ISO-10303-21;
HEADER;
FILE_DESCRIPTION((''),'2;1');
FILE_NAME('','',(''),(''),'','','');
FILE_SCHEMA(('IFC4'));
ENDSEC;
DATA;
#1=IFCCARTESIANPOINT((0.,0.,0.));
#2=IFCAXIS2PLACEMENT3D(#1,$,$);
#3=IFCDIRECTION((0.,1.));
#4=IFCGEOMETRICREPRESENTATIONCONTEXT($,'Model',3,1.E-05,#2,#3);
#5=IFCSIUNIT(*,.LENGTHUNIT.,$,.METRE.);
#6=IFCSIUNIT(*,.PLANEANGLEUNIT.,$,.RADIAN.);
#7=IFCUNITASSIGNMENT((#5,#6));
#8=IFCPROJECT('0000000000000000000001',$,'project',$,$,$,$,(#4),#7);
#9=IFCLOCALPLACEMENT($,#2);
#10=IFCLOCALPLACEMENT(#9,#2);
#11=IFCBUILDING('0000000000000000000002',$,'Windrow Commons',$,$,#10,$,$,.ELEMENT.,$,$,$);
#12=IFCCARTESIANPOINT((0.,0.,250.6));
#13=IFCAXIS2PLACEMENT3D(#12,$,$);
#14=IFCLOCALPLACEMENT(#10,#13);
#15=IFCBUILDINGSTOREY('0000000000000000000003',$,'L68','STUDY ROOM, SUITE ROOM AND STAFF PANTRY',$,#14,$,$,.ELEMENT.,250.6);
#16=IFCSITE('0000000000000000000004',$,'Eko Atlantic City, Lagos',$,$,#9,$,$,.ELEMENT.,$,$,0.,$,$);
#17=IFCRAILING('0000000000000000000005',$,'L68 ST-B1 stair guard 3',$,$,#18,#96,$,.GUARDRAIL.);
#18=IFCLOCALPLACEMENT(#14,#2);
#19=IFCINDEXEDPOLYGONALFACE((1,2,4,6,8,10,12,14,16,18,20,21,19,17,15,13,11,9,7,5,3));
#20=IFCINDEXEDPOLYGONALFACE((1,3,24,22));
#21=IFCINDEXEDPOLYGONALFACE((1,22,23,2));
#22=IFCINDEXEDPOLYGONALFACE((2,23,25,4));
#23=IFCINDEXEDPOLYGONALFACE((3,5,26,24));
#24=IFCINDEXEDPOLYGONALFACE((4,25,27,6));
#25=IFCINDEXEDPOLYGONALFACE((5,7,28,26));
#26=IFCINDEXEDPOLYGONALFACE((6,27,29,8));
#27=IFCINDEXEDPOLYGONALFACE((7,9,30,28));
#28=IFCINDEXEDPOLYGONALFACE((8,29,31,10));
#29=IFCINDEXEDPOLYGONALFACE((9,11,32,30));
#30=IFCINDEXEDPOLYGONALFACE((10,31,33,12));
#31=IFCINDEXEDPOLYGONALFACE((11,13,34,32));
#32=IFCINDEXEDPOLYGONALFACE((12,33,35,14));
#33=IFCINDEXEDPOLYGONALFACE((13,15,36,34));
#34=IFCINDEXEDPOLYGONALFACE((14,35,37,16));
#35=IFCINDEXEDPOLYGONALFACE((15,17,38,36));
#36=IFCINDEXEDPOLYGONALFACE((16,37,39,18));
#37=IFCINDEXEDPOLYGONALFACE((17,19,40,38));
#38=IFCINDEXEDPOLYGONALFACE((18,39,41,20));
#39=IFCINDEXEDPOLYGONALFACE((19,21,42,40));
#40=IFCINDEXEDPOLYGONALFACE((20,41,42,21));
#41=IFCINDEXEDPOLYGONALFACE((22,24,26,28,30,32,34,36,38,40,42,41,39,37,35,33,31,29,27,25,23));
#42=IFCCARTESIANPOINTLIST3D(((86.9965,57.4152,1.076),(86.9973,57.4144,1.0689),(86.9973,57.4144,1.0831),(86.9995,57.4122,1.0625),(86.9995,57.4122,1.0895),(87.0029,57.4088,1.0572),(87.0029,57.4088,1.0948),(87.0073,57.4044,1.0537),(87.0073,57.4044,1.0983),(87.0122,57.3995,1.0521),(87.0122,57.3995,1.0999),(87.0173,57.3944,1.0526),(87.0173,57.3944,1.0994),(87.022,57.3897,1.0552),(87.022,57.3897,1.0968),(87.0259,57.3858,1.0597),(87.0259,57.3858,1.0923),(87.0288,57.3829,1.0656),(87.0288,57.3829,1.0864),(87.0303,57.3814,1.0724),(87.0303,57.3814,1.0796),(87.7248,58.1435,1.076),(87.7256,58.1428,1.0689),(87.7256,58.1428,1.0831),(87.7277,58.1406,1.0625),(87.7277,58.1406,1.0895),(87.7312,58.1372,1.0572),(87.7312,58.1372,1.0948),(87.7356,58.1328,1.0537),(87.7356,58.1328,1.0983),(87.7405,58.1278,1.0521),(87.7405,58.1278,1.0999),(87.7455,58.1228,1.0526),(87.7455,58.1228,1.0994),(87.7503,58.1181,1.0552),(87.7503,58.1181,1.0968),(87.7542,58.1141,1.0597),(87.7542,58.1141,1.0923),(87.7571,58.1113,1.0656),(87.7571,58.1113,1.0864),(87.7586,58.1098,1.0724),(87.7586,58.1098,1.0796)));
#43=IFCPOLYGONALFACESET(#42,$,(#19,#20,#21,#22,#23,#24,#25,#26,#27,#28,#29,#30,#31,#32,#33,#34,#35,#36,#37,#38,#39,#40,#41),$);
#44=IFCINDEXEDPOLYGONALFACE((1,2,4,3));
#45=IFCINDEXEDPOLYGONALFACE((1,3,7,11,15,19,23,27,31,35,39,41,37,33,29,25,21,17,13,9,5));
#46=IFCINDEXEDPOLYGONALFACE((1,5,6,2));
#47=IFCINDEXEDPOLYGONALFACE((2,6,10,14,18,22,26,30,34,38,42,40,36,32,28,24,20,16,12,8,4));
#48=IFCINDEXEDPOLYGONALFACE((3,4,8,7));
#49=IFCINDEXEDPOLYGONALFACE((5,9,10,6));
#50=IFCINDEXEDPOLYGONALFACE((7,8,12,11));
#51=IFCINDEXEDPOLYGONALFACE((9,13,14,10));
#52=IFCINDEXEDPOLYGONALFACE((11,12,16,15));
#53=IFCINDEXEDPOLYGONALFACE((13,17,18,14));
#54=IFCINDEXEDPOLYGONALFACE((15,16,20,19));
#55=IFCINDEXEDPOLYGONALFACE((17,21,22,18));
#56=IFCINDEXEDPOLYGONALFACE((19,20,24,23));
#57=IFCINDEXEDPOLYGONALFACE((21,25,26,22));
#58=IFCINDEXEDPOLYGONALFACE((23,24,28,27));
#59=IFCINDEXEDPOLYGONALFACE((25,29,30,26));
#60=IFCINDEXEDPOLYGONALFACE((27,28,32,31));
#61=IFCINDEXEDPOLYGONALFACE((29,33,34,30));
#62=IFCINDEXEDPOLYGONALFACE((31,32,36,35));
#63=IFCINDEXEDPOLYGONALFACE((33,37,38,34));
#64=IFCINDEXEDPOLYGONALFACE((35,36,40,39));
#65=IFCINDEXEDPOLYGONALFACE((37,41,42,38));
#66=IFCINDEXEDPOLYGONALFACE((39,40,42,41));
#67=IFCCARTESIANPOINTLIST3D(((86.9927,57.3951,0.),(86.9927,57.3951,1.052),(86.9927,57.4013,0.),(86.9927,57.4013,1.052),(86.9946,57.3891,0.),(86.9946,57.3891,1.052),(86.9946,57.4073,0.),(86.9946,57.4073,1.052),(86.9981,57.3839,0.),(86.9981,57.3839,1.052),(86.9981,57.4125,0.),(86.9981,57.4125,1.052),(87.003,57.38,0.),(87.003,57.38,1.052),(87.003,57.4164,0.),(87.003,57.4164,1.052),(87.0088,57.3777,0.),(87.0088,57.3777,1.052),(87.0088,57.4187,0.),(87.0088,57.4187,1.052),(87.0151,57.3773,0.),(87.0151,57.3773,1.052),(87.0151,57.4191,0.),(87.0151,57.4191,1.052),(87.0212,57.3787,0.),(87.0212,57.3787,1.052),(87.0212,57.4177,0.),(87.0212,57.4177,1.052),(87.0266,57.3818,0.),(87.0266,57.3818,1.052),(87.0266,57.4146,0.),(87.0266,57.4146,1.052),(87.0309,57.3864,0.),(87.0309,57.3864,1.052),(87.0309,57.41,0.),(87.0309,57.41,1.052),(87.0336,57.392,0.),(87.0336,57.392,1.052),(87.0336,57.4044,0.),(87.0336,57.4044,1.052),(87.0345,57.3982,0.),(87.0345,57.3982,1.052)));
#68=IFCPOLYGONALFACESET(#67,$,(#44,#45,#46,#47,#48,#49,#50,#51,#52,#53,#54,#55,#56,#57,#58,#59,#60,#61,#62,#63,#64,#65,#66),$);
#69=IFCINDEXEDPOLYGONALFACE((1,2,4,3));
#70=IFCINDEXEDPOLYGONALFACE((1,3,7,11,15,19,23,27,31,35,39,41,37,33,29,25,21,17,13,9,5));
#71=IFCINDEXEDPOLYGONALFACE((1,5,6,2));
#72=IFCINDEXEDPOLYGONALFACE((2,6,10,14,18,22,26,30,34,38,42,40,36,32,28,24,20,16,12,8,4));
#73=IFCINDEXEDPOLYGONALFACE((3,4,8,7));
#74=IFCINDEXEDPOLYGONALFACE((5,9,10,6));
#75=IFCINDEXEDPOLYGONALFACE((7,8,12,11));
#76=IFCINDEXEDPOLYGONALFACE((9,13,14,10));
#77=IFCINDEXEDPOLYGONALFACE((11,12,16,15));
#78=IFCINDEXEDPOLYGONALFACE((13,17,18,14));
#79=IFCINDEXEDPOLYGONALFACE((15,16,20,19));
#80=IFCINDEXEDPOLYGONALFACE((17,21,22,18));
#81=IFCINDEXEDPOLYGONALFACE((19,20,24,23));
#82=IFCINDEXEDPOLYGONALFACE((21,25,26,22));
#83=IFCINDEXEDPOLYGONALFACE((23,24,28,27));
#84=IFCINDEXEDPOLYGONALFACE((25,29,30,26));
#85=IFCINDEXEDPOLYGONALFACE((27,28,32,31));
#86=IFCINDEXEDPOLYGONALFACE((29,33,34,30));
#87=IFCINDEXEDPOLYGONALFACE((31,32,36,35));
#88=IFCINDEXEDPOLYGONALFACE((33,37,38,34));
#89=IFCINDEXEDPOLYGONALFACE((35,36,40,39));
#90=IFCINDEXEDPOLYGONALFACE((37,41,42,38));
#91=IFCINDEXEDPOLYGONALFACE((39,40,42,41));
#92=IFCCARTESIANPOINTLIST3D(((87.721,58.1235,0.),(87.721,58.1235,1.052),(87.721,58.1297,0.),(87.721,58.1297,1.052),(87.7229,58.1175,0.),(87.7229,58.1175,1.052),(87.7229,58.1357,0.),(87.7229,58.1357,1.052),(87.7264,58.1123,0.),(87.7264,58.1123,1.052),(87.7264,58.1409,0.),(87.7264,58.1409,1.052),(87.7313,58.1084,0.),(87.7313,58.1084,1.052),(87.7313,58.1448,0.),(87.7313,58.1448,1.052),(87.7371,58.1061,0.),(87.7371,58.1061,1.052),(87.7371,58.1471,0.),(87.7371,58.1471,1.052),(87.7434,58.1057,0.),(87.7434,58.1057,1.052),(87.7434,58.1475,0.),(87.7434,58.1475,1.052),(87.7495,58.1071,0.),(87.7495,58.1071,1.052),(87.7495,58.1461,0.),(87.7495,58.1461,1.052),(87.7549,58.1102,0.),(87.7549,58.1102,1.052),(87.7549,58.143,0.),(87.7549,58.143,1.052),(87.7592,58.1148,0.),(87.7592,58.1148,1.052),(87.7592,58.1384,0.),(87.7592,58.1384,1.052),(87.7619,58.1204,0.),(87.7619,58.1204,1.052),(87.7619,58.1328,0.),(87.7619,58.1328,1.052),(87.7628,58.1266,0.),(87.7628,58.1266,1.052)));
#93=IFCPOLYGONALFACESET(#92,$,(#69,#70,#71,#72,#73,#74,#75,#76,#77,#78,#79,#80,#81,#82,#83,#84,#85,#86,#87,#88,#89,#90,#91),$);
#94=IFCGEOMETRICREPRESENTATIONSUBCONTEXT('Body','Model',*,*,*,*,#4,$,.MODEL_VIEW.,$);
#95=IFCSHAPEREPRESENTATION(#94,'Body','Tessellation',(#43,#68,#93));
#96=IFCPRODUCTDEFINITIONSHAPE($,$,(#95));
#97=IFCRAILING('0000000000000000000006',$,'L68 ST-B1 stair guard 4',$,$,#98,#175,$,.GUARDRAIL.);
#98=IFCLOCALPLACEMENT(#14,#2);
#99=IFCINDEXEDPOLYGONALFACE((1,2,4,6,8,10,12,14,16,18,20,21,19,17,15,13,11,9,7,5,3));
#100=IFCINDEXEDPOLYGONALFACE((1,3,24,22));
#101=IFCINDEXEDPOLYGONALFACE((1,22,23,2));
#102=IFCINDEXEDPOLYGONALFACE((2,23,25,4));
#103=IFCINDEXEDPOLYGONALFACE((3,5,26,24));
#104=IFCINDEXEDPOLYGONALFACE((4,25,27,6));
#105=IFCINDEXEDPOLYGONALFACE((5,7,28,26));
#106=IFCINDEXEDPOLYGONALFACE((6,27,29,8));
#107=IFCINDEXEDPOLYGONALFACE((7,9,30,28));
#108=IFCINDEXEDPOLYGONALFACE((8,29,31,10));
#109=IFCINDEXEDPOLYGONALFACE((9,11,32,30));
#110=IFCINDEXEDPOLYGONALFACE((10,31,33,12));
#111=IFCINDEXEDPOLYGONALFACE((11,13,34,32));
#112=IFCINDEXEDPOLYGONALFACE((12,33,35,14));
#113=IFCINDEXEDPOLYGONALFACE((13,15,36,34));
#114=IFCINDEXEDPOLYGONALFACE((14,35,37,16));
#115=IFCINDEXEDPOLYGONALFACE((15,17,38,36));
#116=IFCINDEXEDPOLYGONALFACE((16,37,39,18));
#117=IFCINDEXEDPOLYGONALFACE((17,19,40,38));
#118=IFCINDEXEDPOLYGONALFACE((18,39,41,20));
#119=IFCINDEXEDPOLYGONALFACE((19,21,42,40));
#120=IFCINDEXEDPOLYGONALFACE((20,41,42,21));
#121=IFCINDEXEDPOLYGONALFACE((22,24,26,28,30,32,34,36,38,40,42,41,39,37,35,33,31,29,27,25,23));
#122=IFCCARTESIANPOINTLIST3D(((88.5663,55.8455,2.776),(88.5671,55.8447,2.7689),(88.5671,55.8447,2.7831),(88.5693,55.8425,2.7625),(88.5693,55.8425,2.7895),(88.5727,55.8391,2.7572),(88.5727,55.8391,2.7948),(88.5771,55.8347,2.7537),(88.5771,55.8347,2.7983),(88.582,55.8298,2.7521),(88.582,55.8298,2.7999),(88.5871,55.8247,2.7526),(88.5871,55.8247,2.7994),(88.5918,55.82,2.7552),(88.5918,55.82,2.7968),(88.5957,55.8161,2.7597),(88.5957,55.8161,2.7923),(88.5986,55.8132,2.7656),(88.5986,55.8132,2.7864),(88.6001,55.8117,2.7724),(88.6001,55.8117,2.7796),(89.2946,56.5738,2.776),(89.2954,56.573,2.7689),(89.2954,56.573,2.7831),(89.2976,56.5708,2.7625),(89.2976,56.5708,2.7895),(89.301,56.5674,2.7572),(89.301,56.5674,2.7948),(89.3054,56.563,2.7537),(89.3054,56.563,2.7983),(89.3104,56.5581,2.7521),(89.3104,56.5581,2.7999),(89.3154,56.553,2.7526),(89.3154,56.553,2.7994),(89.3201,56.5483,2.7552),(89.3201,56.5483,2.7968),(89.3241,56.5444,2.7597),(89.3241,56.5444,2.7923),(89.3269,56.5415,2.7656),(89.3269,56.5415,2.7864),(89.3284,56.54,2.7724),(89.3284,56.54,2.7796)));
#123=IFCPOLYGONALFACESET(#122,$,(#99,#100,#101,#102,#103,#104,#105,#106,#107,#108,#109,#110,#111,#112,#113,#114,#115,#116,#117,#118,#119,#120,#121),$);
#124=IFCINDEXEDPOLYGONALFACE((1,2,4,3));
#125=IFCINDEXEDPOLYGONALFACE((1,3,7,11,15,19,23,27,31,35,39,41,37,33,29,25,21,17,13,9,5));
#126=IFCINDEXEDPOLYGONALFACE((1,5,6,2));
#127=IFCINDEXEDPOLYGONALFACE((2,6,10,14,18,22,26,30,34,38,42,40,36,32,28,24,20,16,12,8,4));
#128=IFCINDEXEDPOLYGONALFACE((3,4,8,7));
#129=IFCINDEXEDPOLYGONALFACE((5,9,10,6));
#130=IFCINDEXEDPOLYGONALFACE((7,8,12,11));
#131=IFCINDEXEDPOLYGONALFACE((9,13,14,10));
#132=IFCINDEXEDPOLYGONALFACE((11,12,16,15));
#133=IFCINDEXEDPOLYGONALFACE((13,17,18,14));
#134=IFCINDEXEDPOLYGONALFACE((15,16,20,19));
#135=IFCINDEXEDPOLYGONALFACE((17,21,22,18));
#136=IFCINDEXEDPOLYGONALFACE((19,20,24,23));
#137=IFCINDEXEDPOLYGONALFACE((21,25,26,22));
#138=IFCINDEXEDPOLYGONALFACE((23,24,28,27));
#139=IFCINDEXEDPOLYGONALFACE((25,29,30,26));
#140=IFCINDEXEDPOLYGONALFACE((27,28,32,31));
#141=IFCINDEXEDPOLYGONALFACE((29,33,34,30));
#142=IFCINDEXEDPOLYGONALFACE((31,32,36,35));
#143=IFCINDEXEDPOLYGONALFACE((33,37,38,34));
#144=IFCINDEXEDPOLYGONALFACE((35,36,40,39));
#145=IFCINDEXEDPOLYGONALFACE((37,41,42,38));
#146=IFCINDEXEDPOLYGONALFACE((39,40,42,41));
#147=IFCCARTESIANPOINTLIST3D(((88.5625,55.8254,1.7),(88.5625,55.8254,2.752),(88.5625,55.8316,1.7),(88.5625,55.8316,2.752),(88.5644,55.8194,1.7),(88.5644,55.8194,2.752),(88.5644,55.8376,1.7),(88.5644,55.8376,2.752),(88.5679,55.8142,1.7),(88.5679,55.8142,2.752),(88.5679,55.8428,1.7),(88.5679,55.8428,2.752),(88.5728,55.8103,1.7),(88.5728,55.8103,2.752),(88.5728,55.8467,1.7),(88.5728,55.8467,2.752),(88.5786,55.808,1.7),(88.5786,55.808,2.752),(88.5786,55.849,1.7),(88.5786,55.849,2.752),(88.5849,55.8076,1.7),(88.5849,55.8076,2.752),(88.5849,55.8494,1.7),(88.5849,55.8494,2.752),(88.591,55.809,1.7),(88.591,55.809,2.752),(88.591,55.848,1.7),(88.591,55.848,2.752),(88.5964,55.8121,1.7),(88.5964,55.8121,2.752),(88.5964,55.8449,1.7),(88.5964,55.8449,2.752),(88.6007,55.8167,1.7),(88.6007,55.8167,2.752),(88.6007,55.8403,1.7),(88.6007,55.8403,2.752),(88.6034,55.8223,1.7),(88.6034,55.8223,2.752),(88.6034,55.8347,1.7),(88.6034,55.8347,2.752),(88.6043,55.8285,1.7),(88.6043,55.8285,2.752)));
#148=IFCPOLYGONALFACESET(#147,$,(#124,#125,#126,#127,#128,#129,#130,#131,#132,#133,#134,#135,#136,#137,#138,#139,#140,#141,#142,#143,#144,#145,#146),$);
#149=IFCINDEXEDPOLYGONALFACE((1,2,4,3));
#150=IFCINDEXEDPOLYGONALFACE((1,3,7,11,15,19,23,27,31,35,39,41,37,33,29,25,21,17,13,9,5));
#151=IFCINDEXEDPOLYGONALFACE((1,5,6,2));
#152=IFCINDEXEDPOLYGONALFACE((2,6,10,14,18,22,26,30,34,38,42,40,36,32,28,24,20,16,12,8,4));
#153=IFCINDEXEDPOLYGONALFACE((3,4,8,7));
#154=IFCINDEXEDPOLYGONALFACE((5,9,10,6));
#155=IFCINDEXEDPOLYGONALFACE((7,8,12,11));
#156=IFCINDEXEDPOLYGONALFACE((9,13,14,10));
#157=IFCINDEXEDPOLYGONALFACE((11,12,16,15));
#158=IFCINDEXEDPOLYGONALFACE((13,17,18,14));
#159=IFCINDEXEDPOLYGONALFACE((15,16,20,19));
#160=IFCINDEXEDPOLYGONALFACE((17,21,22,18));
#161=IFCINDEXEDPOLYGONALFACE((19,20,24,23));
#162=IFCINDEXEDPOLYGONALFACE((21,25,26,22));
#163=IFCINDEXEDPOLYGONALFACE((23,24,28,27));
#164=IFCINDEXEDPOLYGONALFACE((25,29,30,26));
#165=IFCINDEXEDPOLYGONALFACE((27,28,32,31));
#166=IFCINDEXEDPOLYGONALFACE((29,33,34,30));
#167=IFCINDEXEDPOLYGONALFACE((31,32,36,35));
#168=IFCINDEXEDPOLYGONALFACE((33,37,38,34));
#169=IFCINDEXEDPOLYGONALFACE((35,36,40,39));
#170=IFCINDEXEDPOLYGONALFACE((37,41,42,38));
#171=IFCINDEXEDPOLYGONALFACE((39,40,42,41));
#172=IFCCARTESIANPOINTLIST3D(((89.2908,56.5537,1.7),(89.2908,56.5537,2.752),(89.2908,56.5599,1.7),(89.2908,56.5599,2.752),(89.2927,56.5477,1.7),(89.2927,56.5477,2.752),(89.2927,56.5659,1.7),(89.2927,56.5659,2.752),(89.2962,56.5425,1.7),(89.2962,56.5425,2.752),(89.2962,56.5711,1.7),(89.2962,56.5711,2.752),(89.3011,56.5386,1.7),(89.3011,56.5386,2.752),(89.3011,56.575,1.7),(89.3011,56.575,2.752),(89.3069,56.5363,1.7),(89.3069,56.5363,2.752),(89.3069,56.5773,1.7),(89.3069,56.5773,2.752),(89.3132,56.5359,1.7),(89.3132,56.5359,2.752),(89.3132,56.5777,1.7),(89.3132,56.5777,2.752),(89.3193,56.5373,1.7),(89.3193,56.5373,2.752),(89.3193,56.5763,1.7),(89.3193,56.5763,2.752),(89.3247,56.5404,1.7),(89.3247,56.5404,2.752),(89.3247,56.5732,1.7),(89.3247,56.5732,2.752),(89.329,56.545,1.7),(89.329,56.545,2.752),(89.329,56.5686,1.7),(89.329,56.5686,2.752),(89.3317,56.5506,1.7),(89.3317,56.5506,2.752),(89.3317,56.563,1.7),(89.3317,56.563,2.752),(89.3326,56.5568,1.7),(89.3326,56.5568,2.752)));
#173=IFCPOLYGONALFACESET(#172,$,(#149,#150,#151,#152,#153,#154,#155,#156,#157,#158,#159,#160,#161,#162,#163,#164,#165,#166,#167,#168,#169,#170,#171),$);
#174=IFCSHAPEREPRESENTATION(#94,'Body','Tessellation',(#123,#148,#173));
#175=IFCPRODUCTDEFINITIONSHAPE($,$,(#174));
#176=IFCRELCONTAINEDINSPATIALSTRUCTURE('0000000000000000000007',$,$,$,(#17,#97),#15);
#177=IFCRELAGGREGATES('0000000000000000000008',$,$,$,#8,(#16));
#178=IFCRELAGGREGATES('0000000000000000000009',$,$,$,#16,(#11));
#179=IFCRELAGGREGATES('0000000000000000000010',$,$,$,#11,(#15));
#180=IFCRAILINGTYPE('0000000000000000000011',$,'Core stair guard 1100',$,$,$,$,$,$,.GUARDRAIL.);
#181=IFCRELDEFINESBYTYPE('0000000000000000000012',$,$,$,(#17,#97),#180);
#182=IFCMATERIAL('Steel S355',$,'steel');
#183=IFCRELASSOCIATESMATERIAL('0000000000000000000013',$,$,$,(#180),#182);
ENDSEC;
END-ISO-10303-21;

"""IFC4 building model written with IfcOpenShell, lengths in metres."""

from ifc_helpers import new_model, si_unit, direction, frame, origin, origin_2d, place, context, subcontext, project, spatial, circle, extrude, material, type_object, element, save


model = new_model("IFC4")

# Units and contexts
model_context = context("Model", 3, precision=1e-05, world=origin(), true_north=direction((0.0, 1.0)))
body_context = subcontext(model_context, "Body", "Model", "MODEL_VIEW")
ifc_project = project(units=[si_unit("LENGTHUNIT", "METRE"), si_unit("PLANEANGLEUNIT", "RADIAN")], contexts=[model_context])

# Site, building, storey
site_placement = place(None, origin())
site = spatial("IfcSite", under=ifc_project, at=site_placement, Name="Eko Atlantic City, Lagos", CompositionType="ELEMENT", RefElevation=0.0)
building_placement = place(site_placement, origin())
building = spatial("IfcBuilding", under=site, at=building_placement, Name="Windrow Commons", CompositionType="ELEMENT")
storey_placement = place(building_placement, frame((0.0, 0.0, 250.6)))
storey = spatial("IfcBuildingStorey", under=building, at=storey_placement, Name="L68", Description="STUDY ROOM, SUITE ROOM AND STAFF PANTRY", CompositionType="ELEMENT", Elevation=250.6)

# Railings
ifc_material_1 = material(Name="Steel S355", Category="steel")
railing_type_1 = type_object("IfcRailingType", Name="Core stair guard 1100", PredefinedType="GUARDRAIL", material=ifc_material_1)
railing_1_placement = place(storey_placement, frame((87.0135, 57.3982, 0.0)))
element("IfcRailing", 1, at=railing_1_placement, inside=storey, type_object=railing_type_1, Name="L68 ST-B1 stair guard 3", PredefinedType="GUARDRAIL", context=body_context, shape_type="SweptSolid", body=[
    extrude(circle(Radius=0.024, at=origin_2d()), frame((0.0, 0.0, 1.076), z_axis=(0.707058, 0.707155, 0.0), x_axis=(-0.707155, 0.707058, 0.0)), (0.0, 0.0, 1.0), 1.03),
    extrude(circle(Radius=0.021, at=origin_2d()), origin(), (0.0, 0.0, 1.0), 1.052),
    extrude(circle(Radius=0.021, at=origin_2d()), frame((0.7283, 0.7284, 0.0)), (0.0, 0.0, 1.0), 1.052),
])
railing_2_placement = place(storey_placement, frame((88.5833, 55.8285, 1.7)))
element("IfcRailing", 2, at=railing_2_placement, inside=storey, type_object=railing_type_1, Name="L68 ST-B1 stair guard 4", PredefinedType="GUARDRAIL", context=body_context, shape_type="SweptSolid", body=[
    extrude(circle(Radius=0.024, at=origin_2d()), frame((0.0, 0.0, 1.076), z_axis=(0.707107, 0.707107, 0.0), x_axis=(-0.707107, 0.707107, 0.0)), (0.0, 0.0, 1.0), 1.03),
    extrude(circle(Radius=0.021, at=origin_2d()), origin(), (0.0, 0.0, 1.0), 1.052),
    extrude(circle(Radius=0.021, at=origin_2d()), frame((0.7283, 0.7283, 0.0)), (0.0, 0.0, 1.0), 1.052),
])

save(model, "model.ifc")
